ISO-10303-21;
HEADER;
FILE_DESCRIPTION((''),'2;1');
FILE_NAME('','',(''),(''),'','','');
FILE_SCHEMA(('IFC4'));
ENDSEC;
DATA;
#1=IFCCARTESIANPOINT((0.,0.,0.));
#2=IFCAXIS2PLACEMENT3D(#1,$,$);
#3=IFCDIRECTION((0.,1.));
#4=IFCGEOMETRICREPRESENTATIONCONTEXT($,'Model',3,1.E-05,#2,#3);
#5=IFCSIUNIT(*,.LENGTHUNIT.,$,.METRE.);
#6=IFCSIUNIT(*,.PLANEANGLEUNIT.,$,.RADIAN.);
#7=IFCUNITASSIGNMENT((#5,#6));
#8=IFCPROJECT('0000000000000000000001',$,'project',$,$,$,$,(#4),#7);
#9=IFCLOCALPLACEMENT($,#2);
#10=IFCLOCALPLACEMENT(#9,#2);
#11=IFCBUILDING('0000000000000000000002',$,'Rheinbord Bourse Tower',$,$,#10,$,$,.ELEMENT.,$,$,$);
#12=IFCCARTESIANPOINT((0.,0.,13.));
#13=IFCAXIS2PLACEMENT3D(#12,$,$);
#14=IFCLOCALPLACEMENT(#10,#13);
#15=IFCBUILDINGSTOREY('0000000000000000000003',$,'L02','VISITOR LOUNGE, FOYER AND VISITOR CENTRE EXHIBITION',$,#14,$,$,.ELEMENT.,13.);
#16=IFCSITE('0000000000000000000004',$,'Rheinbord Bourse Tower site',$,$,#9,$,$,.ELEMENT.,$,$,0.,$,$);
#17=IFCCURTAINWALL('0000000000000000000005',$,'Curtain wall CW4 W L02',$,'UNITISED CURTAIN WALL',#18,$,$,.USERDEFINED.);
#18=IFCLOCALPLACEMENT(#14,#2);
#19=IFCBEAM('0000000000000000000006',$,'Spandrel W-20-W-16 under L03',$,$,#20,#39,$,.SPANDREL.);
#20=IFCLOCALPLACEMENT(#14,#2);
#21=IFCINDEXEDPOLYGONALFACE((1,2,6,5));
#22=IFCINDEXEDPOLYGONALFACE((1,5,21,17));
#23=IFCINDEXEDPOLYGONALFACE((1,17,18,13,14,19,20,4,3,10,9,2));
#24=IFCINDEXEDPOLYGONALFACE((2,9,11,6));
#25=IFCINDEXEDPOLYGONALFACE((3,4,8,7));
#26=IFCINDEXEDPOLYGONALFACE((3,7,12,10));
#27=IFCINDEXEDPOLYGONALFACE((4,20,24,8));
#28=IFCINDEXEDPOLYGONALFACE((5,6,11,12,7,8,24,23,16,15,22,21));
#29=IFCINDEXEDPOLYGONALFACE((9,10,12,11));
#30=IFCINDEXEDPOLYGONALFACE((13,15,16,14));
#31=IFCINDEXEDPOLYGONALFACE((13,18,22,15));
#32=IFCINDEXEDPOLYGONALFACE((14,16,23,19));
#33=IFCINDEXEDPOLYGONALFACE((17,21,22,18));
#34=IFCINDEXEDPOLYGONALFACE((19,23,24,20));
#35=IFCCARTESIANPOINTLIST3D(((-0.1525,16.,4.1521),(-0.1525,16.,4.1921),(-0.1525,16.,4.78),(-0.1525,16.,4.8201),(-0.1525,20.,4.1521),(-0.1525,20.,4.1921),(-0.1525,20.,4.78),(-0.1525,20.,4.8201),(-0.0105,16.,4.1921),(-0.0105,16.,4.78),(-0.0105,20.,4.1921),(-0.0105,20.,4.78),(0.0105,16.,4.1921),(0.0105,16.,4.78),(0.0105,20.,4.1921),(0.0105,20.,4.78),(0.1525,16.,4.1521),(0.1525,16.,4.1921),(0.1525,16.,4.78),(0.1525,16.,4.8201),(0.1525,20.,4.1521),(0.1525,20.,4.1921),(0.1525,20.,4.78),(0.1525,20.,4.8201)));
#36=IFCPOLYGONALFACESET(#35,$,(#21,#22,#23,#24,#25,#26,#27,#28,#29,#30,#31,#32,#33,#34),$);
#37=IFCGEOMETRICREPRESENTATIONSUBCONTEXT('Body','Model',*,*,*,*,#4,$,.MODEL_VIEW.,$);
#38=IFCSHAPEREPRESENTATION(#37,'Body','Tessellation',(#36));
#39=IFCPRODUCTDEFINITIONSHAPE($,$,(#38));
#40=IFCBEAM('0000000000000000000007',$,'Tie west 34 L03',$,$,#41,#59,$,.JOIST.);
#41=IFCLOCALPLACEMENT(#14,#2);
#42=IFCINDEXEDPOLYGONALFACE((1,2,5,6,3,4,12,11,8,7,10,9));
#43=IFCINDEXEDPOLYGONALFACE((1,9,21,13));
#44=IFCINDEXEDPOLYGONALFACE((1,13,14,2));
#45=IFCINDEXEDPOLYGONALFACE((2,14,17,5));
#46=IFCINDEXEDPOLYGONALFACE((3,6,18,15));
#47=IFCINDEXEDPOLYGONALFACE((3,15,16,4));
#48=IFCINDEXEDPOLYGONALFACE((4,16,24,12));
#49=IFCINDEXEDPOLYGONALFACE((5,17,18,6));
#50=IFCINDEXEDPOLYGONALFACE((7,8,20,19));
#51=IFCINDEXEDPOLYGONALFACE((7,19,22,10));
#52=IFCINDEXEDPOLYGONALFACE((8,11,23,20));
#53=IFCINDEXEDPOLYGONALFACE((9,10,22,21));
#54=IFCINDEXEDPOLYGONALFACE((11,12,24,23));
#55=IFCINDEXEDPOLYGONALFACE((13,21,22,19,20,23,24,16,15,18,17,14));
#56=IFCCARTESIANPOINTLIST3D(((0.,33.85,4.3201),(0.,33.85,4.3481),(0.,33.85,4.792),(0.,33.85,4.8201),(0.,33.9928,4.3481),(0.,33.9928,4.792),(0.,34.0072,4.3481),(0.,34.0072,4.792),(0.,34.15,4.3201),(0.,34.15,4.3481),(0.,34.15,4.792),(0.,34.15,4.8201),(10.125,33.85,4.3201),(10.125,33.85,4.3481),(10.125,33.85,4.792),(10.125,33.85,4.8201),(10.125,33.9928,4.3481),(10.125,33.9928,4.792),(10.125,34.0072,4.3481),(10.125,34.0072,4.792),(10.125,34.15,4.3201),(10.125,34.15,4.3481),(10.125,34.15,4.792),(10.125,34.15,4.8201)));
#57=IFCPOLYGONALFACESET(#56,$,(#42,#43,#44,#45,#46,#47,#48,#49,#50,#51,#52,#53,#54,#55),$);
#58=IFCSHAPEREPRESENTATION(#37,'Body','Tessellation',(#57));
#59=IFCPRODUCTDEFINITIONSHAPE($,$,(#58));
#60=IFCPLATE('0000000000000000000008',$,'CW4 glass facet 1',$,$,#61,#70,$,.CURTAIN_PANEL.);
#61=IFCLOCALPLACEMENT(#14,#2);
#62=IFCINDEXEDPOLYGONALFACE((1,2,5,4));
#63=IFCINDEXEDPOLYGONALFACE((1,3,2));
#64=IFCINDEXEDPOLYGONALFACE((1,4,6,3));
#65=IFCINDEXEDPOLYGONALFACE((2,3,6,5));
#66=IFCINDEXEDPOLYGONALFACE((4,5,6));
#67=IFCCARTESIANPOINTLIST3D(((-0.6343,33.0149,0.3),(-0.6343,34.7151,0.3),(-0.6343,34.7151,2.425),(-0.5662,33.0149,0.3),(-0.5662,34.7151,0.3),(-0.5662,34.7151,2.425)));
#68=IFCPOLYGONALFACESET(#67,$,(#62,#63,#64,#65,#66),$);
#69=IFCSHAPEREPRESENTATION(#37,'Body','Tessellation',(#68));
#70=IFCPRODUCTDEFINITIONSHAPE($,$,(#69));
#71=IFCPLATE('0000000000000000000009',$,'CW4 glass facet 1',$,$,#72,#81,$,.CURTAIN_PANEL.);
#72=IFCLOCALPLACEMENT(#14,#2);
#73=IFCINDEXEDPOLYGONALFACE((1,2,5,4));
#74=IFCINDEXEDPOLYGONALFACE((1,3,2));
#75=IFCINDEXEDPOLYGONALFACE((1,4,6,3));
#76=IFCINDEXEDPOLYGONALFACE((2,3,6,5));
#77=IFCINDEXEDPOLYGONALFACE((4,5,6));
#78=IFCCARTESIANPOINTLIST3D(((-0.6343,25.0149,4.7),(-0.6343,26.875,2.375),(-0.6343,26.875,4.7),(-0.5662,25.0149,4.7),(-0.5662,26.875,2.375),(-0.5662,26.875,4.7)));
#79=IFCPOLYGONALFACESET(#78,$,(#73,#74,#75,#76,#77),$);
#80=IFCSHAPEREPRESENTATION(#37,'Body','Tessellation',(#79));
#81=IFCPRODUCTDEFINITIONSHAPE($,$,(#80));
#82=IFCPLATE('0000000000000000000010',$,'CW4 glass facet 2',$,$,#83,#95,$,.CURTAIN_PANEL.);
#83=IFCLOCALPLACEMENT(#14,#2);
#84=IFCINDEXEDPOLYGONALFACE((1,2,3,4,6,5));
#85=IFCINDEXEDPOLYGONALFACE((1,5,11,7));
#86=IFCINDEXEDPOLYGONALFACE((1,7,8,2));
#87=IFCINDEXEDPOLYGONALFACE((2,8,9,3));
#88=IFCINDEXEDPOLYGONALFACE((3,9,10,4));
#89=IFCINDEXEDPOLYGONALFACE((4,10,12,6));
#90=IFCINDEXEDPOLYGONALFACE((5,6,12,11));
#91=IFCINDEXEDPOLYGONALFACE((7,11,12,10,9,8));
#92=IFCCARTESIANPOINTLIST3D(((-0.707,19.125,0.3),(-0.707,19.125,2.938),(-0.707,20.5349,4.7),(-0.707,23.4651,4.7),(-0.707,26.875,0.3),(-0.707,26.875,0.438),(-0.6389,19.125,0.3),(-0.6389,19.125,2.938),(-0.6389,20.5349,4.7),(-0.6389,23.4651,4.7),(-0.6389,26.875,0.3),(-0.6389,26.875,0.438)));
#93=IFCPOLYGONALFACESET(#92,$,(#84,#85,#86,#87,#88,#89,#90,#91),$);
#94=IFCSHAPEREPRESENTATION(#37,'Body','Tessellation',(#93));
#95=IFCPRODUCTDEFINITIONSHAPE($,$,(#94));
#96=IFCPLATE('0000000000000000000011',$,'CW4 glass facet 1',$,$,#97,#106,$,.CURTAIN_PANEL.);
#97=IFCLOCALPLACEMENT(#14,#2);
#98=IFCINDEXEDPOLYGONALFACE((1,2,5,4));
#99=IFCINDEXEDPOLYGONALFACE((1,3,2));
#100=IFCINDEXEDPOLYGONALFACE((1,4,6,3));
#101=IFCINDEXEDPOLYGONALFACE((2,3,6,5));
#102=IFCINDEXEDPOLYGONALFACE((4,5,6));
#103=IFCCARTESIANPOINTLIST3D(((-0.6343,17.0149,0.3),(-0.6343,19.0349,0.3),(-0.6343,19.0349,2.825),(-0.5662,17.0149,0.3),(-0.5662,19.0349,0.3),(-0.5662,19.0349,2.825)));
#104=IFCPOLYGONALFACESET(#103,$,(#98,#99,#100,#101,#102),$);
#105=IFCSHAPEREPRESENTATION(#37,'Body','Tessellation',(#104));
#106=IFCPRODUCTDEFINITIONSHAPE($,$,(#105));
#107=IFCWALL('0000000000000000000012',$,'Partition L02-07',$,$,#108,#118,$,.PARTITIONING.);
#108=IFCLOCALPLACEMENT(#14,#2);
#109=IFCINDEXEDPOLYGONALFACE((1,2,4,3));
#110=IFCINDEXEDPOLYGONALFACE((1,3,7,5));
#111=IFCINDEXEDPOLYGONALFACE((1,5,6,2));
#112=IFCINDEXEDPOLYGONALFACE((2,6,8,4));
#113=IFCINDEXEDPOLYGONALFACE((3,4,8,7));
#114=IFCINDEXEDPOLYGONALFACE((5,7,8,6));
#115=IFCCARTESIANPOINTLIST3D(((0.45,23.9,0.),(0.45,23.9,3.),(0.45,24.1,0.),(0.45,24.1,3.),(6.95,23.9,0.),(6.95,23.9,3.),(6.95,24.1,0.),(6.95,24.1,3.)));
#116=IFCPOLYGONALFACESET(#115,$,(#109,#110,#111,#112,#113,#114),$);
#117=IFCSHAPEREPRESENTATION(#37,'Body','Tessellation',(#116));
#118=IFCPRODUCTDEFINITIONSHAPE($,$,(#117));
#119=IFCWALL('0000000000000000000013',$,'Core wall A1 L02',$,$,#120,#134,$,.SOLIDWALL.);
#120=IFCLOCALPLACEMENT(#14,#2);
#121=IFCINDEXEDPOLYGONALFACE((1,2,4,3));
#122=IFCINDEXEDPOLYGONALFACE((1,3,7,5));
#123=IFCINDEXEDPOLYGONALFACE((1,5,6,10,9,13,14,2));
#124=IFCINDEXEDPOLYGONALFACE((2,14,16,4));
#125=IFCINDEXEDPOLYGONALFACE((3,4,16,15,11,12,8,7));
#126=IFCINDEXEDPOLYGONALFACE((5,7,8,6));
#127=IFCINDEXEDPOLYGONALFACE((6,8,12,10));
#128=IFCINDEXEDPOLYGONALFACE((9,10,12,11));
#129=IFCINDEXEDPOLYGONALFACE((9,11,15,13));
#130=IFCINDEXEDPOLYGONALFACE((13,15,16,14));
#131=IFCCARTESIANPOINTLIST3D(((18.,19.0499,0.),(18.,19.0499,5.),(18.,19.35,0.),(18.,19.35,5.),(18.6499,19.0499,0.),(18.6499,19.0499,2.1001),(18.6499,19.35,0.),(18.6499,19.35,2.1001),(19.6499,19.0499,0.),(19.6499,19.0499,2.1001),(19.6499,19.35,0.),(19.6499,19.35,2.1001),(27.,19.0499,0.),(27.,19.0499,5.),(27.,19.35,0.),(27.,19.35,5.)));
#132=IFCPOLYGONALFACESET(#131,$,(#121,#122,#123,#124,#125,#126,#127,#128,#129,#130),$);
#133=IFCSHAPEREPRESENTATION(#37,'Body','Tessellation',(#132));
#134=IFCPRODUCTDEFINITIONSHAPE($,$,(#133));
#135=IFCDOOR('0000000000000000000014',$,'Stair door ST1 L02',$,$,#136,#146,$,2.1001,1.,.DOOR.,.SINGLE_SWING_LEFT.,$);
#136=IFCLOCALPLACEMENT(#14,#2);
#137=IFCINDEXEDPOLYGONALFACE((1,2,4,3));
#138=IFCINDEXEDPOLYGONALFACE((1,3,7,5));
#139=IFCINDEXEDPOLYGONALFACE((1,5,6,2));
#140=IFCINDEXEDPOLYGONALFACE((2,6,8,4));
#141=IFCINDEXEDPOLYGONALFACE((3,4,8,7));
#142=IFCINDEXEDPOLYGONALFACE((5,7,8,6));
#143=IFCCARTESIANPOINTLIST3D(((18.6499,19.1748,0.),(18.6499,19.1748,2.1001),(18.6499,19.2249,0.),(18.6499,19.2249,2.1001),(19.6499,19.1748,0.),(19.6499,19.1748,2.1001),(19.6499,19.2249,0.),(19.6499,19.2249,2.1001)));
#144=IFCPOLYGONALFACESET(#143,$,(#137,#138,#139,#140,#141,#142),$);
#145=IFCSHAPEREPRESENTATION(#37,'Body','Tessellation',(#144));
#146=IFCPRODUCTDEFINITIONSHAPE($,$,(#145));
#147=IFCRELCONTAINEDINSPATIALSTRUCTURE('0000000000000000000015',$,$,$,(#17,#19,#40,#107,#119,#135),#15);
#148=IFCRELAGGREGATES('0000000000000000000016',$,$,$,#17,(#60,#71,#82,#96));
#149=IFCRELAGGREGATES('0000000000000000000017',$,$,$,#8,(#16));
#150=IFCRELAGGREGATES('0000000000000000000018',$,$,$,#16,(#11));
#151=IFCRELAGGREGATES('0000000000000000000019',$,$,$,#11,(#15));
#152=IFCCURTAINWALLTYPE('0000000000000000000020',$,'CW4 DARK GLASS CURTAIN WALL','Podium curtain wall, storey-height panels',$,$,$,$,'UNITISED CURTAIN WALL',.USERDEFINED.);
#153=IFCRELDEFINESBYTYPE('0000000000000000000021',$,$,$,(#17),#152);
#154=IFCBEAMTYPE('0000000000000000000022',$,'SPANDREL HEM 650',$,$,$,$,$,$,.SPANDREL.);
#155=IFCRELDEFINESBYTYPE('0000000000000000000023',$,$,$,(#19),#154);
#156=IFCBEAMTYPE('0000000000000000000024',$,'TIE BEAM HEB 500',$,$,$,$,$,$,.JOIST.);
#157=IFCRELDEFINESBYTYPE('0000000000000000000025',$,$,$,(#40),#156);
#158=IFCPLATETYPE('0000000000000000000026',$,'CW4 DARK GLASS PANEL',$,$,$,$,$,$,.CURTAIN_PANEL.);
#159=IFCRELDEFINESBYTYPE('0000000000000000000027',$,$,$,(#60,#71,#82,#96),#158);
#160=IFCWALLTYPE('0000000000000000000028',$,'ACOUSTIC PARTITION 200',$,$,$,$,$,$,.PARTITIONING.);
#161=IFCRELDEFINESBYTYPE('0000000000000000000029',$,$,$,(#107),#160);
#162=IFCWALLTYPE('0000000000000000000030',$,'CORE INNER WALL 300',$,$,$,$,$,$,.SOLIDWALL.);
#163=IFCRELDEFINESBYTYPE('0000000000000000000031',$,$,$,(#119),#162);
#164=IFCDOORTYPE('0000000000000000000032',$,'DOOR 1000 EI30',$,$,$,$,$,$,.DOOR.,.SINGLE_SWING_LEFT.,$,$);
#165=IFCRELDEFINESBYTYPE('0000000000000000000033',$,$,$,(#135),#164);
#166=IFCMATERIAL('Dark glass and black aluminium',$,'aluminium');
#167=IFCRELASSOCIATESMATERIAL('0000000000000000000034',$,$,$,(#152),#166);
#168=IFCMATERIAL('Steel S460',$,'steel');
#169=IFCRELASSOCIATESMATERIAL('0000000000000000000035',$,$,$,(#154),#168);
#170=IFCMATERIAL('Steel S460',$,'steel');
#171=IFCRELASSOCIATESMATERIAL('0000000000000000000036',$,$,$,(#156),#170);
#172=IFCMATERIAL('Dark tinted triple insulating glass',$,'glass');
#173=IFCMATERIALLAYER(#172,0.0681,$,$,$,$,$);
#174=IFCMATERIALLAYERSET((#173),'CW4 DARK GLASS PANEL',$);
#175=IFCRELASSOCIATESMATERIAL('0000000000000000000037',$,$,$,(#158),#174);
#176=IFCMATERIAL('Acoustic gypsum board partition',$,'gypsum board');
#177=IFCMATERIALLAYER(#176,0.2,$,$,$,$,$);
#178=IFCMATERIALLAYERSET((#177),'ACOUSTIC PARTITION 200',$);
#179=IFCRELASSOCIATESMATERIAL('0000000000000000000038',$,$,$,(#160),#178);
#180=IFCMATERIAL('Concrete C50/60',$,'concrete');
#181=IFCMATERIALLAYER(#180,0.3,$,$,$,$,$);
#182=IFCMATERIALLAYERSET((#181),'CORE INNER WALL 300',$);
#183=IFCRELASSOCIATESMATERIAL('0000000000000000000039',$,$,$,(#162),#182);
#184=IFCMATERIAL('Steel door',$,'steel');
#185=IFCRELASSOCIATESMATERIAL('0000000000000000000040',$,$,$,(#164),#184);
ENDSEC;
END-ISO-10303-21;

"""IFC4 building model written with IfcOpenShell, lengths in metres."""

from ifc_helpers import new_model, si_unit, direction, frame, frame_2d, origin, origin_2d, place, context, subcontext, project, spatial, polyline, rectangle, i_section, outline, extrude, material, layer, layer_set, material_profile, profile_set, type_object, element, fill, aggregate, save


model = new_model("IFC4")

# Units and contexts
model_context = context("Model", 3, precision=1e-05, world=origin(), true_north=direction((0.0, 1.0)))
body_context = subcontext(model_context, "Body", "Model", "MODEL_VIEW")
ifc_project = project(units=[si_unit("LENGTHUNIT", "METRE"), si_unit("PLANEANGLEUNIT", "RADIAN")], contexts=[model_context])

# Site, building, storey
site_placement = place(None, origin())
site = spatial("IfcSite", under=ifc_project, at=site_placement, Name="Rheinbord Bourse Tower site", CompositionType="ELEMENT", RefElevation=0.0)
building_placement = place(site_placement, origin())
building = spatial("IfcBuilding", under=site, at=building_placement, Name="Rheinbord Bourse Tower", CompositionType="ELEMENT")
storey_placement = place(building_placement, frame((0.0, 0.0, 13.0)))
storey = spatial("IfcBuildingStorey", under=building, at=storey_placement, Name="L02", Description="VISITOR LOUNGE, FOYER AND VISITOR CENTRE EXHIBITION", CompositionType="ELEMENT", Elevation=13.0)

# Curtain wall
ifc_material_1 = material(Name="Dark glass and black aluminium", Category="aluminium")
curtain_wall_type = type_object("IfcCurtainWallType", Name="CW4 DARK GLASS CURTAIN WALL", Description="Podium curtain wall, storey-height panels", ElementType="UNITISED CURTAIN WALL", PredefinedType="USERDEFINED", material=ifc_material_1)
curtain_wall_placement = place(storey_placement, origin())
curtain_wall = element("IfcCurtainWall", 1, at=curtain_wall_placement, inside=storey, type_object=curtain_wall_type, Name="Curtain wall CW4 W L02", ObjectType="UNITISED CURTAIN WALL", PredefinedType="USERDEFINED")

# Beams
ifc_material_2 = material(Name="Steel S460", Category="steel")
ifc_material_profile_1 = material_profile(ifc_material_2, i_section(OverallWidth=0.3049, OverallDepth=0.668, WebThickness=0.021, FlangeThickness=0.04, at=origin_2d()), Name="HEM 650")
ifc_profile_set_1 = profile_set([ifc_material_profile_1], Name="Steel S460")
beam_type_1 = type_object("IfcBeamType", Name="SPANDREL HEM 650", PredefinedType="SPANDREL", material=ifc_profile_set_1)
for number, where, z_axis, x_axis, name in (
    (2, (0.0, 20.0, 4.4861), (0.0, -1.0, 0.0), (1.0, 0.0, 0.0), "Spandrel W-20-W-16 under L03"),
):
    element("IfcBeam", number, at=place(storey_placement, frame(where, z_axis=z_axis, x_axis=x_axis)), inside=storey, type_object=beam_type_1, Name=name, PredefinedType="SPANDREL", context=body_context, shape_type="SweptSolid", body=[
        extrude(i_section(OverallWidth=0.3049, OverallDepth=0.668, WebThickness=0.021, FlangeThickness=0.04, at=origin_2d()), origin(), (0.0, 0.0, 1.0), 4.0),
    ])
ifc_material_3 = material(Name="Steel S460", Category="steel")
ifc_material_profile_2 = material_profile(ifc_material_3, i_section(OverallWidth=0.3, OverallDepth=0.5, WebThickness=0.0144, FlangeThickness=0.0281, at=origin_2d()), Name="HEB 500")
ifc_profile_set_2 = profile_set([ifc_material_profile_2], Name="Steel S460")
beam_type_2 = type_object("IfcBeamType", Name="TIE BEAM HEB 500", PredefinedType="JOIST", material=ifc_profile_set_2)
beam_1_placement = place(storey_placement, frame((0.0, 34.0, 4.5701), z_axis=(1.0, 0.0, 0.0), x_axis=(0.0, 1.0, 0.0)))
element("IfcBeam", 3, at=beam_1_placement, inside=storey, type_object=beam_type_2, Name="Tie west 34 L03", PredefinedType="JOIST", context=body_context, shape_type="SweptSolid", body=[
    extrude(i_section(OverallWidth=0.3, OverallDepth=0.5, WebThickness=0.0144, FlangeThickness=0.0281, at=origin_2d()), origin(), (0.0, 0.0, 1.0), 10.125),
])

# Plates
ifc_material_4 = material(Name="Dark tinted triple insulating glass", Category="glass")
ifc_layer_1 = layer(ifc_material_4, 0.0681)
ifc_layer_set_1 = layer_set([ifc_layer_1], Name="CW4 DARK GLASS PANEL")
plate_type = type_object("IfcPlateType", Name="CW4 DARK GLASS PANEL", PredefinedType="CURTAIN_PANEL", material=ifc_layer_set_1)
plate_1_placement = place(storey_placement, frame((-0.6343, 34.7151, 0.3), z_axis=(1.0, 0.0, 0.0), x_axis=(0.0, 0.0, 1.0)))
plate_1 = element("IfcPlate", 4, at=plate_1_placement, type_object=plate_type, Name="CW4 glass facet 1", PredefinedType="CURTAIN_PANEL", context=body_context, shape_type="SweptSolid", body=[
    extrude(outline(polyline([(0.0, 0.0), (2.125, 0.0), (0.0, 1.7002), (0.0, 0.0)])), origin(), (0.0, 0.0, 1.0), 0.0681),
])
plate_2_placement = place(storey_placement, frame((-0.6343, 26.875, 4.7), z_axis=(1.0, 0.0, 0.0), x_axis=(0.0, -1.0, 0.0)))
plate_2 = element("IfcPlate", 5, at=plate_2_placement, type_object=plate_type, Name="CW4 glass facet 1", PredefinedType="CURTAIN_PANEL", context=body_context, shape_type="SweptSolid", body=[
    extrude(outline(polyline([(0.0, 0.0), (1.8601, 0.0), (0.0, 2.325), (0.0, 0.0)])), origin(), (0.0, 0.0, 1.0), 0.0681),
])
plate_3_placement = place(storey_placement, frame((-0.707, 19.125, 0.3), z_axis=(1.0, 0.0, 0.0), x_axis=(0.0, 1.0, 0.0)))
plate_3 = element("IfcPlate", 6, at=plate_3_placement, type_object=plate_type, Name="CW4 glass facet 2", PredefinedType="CURTAIN_PANEL", context=body_context, shape_type="SweptSolid", body=[
    extrude(outline(polyline([(0.0, 0.0), (7.75, 0.0), (7.75, 0.1379), (4.3401, 4.3999), (1.4099, 4.3999), (0.0, 2.6379), (0.0, 0.0)])), origin(), (0.0, 0.0, 1.0), 0.0681),
])
plate_4_placement = place(storey_placement, frame((-0.6343, 19.0349, 0.3), z_axis=(1.0, 0.0, 0.0), x_axis=(0.0, 0.0, 1.0)))
plate_4 = element("IfcPlate", 7, at=plate_4_placement, type_object=plate_type, Name="CW4 glass facet 1", PredefinedType="CURTAIN_PANEL", context=body_context, shape_type="SweptSolid", body=[
    extrude(outline(polyline([(0.0, 0.0), (2.5249, 0.0), (0.0, 2.02), (0.0, 0.0)])), origin(), (0.0, 0.0, 1.0), 0.0681),
])
aggregate(curtain_wall, [plate_1, plate_2, plate_3, plate_4])

# Wall
ifc_material_5 = material(Name="Acoustic gypsum board partition", Category="gypsum board")
ifc_layer_2 = layer(ifc_material_5, 0.2)
ifc_layer_set_2 = layer_set([ifc_layer_2], Name="ACOUSTIC PARTITION 200")
wall_type_1 = type_object("IfcWallType", Name="ACOUSTIC PARTITION 200", PredefinedType="PARTITIONING", material=ifc_layer_set_2)
wall_1_placement = place(storey_placement, frame((0.45, 24.0, 0.0), z_axis=(0.0, 0.0, 1.0), x_axis=(1.0, 0.0, 0.0)))
element("IfcWall", 8, at=wall_1_placement, inside=storey, type_object=wall_type_1, Name="Partition L02-07", PredefinedType="PARTITIONING", context=body_context, shape_type="SweptSolid", body=[
    extrude(rectangle(XDim=6.5, YDim=0.2, at=frame_2d((3.25, 0.0))), origin(), (0.0, 0.0, 1.0), 3.0),
])

# Wall, opening, door
ifc_material_6 = material(Name="Concrete C50/60", Category="concrete")
ifc_layer_3 = layer(ifc_material_6, 0.3)
ifc_layer_set_3 = layer_set([ifc_layer_3], Name="CORE INNER WALL 300")
wall_type_2 = type_object("IfcWallType", Name="CORE INNER WALL 300", PredefinedType="SOLIDWALL", material=ifc_layer_set_3)
wall_2_placement = place(storey_placement, frame((18.0, 19.2, 0.0), z_axis=(0.0, 0.0, 1.0), x_axis=(1.0, 0.0, 0.0)))
wall_2 = element("IfcWall", 9, at=wall_2_placement, inside=storey, type_object=wall_type_2, Name="Core wall A1 L02", PredefinedType="SOLIDWALL", context=body_context, shape_type="SweptSolid", body=[
    extrude(rectangle(XDim=9.0, YDim=0.3, at=frame_2d((4.5, 0.0))), origin(), (0.0, 0.0, 1.0), 5.0),
])
opening_1_placement = place(wall_2_placement, frame((0.6499, 0.0, 0.0)))
opening_1 = element("IfcOpeningElement", 10, at=opening_1_placement, cuts=wall_2, PredefinedType="OPENING", context=body_context, shape_type="SweptSolid", body=[
    extrude(rectangle(XDim=1.0, YDim=2.1001, at=frame_2d((0.5, 1.05))), frame((0.0, 0.1599, 0.0), z_axis=(0.0, -1.0, 0.0), x_axis=(1.0, 0.0, 0.0)), (0.0, 0.0, 1.0), 0.3201),
])
ifc_material_7 = material(Name="Steel door", Category="steel")
door_type_1 = type_object("IfcDoorType", Name="DOOR 1000 EI30", OperationType="SINGLE_SWING_LEFT", PredefinedType="DOOR", material=ifc_material_7)
door_1_placement = place(opening_1_placement, origin())
door_1 = element("IfcDoor", 11, at=door_1_placement, inside=storey, type_object=door_type_1, Name="Stair door ST1 L02", OperationType="SINGLE_SWING_LEFT", OverallHeight=2.1001, OverallWidth=1.0, PredefinedType="DOOR", context=body_context, shape_type="SweptSolid", body=[
    extrude(rectangle(XDim=1.0, YDim=2.1001, at=frame_2d((0.5, 1.05))), frame((0.0, 0.0249, 0.0), z_axis=(0.0, -1.0, 0.0), x_axis=(1.0, 0.0, 0.0)), (0.0, 0.0, 1.0), 0.05),
])
fill(opening_1, door_1)

save(model, "model.ifc")
